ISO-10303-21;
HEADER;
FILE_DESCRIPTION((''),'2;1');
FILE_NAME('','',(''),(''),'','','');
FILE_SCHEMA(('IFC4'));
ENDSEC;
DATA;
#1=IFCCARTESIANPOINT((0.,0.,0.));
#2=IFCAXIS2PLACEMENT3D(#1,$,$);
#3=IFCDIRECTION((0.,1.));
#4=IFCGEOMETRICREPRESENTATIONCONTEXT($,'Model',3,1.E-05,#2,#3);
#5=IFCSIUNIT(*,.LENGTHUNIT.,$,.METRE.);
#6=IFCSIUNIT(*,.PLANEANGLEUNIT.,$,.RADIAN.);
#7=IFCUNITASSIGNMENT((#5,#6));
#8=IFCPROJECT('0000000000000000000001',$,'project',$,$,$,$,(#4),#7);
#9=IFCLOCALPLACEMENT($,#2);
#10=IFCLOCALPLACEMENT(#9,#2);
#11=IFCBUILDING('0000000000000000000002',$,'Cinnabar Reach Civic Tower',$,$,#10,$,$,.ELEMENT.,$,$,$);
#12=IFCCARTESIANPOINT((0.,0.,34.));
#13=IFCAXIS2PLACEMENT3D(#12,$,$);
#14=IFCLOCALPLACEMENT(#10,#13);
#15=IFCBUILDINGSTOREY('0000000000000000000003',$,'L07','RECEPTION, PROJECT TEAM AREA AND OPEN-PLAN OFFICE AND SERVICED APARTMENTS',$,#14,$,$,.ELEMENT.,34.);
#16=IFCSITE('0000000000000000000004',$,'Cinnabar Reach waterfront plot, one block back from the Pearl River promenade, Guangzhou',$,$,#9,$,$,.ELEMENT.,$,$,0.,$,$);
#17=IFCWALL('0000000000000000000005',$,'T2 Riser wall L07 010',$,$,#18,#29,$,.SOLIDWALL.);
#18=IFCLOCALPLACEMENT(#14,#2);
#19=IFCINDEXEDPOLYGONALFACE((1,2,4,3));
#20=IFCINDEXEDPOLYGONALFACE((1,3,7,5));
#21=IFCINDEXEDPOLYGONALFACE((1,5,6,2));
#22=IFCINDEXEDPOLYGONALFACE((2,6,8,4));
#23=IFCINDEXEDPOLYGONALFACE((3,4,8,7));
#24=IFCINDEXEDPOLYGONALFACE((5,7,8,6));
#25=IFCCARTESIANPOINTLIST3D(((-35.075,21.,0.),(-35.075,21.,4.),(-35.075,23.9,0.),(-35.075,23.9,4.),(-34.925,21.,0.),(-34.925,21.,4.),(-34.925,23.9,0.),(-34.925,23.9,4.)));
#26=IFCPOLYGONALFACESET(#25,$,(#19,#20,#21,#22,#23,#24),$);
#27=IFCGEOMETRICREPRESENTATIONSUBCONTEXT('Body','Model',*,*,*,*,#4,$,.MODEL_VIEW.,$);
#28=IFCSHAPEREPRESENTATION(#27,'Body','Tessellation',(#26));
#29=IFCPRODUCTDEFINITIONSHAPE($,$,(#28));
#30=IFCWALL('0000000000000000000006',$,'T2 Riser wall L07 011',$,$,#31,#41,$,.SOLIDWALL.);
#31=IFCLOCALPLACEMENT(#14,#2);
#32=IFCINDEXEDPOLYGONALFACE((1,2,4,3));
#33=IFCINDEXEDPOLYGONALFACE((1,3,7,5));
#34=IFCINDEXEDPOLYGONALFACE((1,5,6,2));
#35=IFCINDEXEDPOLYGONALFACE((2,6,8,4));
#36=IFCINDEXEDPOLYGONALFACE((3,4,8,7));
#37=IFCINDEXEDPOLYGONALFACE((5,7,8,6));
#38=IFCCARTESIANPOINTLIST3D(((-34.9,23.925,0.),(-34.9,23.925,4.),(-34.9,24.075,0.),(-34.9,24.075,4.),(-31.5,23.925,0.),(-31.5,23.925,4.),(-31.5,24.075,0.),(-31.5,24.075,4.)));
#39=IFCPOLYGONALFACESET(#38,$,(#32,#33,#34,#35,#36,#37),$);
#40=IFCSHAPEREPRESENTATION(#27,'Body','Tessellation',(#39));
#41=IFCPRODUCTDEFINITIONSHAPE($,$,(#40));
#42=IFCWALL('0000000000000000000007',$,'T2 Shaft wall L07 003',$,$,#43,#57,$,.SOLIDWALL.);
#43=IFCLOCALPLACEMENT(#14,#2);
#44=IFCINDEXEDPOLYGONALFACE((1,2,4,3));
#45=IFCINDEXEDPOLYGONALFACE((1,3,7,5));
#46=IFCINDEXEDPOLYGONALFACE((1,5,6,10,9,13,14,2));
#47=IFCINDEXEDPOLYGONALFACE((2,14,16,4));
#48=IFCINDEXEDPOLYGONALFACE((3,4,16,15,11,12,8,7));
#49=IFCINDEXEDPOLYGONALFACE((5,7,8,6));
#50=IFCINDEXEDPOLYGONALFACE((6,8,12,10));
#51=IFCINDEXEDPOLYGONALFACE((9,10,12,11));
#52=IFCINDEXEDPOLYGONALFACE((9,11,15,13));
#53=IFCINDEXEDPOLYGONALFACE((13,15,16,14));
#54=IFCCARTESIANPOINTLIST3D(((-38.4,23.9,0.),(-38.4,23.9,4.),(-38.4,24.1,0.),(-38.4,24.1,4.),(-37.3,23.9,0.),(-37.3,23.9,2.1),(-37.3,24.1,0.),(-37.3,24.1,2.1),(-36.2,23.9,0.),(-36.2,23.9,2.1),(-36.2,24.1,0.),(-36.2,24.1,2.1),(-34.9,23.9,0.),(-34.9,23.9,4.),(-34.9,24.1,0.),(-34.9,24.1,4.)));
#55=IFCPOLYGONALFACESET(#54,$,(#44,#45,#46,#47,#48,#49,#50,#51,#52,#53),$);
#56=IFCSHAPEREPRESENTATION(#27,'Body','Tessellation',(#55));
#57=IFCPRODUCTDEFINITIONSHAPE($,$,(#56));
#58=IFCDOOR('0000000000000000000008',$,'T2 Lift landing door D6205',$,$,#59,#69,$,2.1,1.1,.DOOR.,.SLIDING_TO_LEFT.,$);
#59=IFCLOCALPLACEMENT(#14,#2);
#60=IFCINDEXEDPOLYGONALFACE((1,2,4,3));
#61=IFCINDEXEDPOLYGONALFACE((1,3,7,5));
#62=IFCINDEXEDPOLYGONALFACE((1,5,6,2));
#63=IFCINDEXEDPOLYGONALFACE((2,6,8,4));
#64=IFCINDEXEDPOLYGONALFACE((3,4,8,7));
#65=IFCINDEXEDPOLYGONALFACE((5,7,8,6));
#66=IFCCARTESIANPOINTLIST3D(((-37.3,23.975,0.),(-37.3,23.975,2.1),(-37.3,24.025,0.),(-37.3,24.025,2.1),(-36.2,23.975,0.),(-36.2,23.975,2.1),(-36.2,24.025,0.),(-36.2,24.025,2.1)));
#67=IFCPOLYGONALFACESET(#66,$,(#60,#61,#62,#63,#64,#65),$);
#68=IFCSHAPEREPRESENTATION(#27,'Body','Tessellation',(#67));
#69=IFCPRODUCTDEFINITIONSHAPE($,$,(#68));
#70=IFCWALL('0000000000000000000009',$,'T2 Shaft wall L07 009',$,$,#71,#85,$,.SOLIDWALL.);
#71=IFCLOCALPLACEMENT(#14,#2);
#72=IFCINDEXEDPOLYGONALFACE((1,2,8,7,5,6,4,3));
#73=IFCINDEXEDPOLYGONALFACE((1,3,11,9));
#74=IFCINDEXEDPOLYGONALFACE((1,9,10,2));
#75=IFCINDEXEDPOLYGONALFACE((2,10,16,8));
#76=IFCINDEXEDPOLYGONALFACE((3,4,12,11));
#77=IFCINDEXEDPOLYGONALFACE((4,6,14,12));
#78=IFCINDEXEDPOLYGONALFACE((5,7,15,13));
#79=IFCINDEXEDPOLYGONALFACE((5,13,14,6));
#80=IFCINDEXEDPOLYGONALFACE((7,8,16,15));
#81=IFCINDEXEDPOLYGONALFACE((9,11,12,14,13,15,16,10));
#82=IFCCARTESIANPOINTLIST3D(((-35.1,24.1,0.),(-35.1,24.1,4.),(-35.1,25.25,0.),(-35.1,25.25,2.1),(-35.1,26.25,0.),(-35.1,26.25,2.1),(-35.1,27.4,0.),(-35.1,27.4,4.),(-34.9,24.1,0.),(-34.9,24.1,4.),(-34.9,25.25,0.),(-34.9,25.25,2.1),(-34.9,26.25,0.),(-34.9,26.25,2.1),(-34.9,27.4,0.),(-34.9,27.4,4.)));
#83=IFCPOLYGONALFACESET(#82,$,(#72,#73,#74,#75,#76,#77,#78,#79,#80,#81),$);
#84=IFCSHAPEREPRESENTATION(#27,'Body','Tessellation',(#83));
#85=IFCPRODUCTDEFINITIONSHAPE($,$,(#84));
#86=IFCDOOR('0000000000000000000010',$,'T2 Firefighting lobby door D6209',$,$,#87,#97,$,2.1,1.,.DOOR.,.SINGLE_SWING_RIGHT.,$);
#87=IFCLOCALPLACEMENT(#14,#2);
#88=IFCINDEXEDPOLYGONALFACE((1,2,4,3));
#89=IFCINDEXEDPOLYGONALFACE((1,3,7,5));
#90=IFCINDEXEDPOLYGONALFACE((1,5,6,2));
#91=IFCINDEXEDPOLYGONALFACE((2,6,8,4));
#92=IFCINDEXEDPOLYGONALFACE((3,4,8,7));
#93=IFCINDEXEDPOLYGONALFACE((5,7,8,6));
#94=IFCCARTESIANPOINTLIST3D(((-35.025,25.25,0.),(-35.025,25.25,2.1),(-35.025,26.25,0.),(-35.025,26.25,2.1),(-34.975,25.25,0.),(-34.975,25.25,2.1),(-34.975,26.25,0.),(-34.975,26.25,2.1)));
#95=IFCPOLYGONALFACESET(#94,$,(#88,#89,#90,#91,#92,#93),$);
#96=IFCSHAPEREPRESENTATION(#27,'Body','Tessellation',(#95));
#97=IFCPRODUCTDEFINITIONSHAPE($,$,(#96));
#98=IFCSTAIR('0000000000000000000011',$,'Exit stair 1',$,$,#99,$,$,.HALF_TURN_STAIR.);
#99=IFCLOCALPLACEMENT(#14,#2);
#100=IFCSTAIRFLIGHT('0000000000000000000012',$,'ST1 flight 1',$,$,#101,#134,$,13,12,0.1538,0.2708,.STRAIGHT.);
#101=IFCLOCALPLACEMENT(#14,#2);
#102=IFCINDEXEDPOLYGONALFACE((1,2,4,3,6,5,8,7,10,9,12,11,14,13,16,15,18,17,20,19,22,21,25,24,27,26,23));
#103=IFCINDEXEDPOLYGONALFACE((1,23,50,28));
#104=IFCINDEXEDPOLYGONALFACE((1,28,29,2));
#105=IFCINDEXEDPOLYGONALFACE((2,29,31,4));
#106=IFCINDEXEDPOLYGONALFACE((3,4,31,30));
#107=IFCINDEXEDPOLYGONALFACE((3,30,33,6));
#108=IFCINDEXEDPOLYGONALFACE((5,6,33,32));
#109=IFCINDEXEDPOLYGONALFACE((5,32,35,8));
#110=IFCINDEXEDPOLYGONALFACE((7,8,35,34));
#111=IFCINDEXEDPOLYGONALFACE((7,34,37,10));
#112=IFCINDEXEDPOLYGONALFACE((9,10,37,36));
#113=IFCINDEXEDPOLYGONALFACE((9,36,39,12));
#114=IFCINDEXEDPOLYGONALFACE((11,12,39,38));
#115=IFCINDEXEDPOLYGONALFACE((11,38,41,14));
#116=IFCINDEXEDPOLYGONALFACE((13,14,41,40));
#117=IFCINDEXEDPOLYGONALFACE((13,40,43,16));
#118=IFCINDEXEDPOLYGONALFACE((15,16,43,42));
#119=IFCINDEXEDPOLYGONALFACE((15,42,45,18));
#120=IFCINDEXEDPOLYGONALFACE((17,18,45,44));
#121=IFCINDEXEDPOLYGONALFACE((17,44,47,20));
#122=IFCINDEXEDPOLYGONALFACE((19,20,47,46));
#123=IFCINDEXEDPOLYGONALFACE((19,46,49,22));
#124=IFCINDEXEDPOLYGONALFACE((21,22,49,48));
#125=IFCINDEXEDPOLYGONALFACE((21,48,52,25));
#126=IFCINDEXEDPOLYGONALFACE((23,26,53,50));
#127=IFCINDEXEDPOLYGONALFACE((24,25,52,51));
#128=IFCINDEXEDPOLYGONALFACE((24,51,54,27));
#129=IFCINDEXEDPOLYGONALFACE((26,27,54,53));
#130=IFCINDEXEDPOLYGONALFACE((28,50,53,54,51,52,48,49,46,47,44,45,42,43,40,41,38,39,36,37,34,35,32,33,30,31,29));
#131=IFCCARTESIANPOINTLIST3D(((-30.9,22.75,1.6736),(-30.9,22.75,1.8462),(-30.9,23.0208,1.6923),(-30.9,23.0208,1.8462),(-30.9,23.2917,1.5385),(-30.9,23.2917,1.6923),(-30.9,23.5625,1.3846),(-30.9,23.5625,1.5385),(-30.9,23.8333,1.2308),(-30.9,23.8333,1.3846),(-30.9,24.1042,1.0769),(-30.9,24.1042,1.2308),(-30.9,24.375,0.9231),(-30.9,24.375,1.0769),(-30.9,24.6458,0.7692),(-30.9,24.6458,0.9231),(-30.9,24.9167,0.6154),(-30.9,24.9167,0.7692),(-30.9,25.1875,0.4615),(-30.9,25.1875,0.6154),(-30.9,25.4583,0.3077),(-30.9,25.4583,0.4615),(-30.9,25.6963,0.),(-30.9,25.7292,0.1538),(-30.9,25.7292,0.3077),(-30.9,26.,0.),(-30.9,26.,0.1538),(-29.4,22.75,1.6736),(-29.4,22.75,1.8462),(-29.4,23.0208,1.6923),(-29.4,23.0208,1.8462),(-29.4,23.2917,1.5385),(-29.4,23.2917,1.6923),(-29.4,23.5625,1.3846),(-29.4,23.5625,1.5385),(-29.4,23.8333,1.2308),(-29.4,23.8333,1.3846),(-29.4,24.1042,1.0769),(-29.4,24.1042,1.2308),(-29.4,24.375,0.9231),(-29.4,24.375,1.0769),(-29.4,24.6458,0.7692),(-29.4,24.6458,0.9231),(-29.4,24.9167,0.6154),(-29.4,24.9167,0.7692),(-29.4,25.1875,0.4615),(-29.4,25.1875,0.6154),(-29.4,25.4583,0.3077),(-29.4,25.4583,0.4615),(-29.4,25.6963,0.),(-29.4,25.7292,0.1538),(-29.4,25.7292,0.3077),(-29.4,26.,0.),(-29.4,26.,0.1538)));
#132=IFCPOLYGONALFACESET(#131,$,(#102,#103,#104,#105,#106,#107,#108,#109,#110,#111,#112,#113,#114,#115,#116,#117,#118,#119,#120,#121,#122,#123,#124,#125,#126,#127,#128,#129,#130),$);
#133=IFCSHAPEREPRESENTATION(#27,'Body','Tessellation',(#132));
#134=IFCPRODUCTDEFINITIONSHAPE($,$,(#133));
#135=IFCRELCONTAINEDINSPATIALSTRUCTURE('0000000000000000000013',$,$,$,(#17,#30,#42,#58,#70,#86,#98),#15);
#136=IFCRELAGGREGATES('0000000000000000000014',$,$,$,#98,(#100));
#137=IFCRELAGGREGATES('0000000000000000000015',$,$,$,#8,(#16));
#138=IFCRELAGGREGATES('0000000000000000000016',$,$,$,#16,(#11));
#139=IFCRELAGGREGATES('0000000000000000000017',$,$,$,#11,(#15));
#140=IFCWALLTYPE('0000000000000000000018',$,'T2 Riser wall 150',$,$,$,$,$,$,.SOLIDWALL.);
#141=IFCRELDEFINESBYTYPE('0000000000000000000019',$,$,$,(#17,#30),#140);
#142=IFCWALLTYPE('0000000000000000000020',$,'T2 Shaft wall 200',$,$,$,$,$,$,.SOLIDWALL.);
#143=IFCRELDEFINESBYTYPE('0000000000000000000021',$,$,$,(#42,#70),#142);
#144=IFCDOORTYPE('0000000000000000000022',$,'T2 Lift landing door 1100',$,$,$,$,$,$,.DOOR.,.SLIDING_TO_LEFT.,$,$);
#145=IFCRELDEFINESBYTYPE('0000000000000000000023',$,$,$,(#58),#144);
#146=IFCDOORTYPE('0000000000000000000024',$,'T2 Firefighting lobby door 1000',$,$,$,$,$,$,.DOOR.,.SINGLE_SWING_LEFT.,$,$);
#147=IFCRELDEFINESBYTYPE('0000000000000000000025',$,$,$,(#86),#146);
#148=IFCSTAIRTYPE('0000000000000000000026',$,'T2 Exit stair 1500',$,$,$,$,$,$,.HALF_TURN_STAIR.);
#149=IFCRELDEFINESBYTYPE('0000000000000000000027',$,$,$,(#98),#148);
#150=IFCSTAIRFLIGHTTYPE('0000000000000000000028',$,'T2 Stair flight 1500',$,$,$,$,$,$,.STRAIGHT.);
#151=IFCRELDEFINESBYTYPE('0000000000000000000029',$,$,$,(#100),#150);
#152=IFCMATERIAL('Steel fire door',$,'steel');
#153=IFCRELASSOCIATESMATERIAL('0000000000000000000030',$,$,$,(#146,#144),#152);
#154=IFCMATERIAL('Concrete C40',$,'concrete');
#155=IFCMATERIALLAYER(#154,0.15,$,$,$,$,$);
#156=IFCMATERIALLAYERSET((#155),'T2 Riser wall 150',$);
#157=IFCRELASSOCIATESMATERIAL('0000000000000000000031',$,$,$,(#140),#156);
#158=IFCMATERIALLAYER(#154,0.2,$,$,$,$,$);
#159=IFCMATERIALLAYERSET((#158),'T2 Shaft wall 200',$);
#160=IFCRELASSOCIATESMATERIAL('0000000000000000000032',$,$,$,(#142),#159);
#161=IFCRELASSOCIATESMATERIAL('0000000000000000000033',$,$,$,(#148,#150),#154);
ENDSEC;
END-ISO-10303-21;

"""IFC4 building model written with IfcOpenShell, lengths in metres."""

from ifc_helpers import new_model, si_unit, direction, frame, frame_2d, origin, place, context, subcontext, project, spatial, polyline, rectangle, outline, extrude, material, layer, layer_set, type_object, element, fill, aggregate, save


model = new_model("IFC4")

# Units and contexts
model_context = context("Model", 3, precision=1e-05, world=origin(), true_north=direction((0.0, 1.0)))
body_context = subcontext(model_context, "Body", "Model", "MODEL_VIEW")
ifc_project = project(units=[si_unit("LENGTHUNIT", "METRE"), si_unit("PLANEANGLEUNIT", "RADIAN")], contexts=[model_context])

# Site, building, storey
site_placement = place(None, origin())
site = spatial("IfcSite", under=ifc_project, at=site_placement, Name="Cinnabar Reach waterfront plot, one block back from the Pearl River promenade, Guangzhou", CompositionType="ELEMENT", RefElevation=0.0)
building_placement = place(site_placement, origin())
building = spatial("IfcBuilding", under=site, at=building_placement, Name="Cinnabar Reach Civic Tower", CompositionType="ELEMENT")
storey_placement = place(building_placement, frame((0.0, 0.0, 34.0)))
storey = spatial("IfcBuildingStorey", under=building, at=storey_placement, Name="L07", Description="RECEPTION, PROJECT TEAM AREA AND OPEN-PLAN OFFICE AND SERVICED APARTMENTS", CompositionType="ELEMENT", Elevation=34.0)

# Shared definitions
ifc_material_1 = material(Name="Steel fire door", Category="steel")
door_type_1 = type_object("IfcDoorType", Name="T2 Firefighting lobby door 1000", OperationType="SINGLE_SWING_LEFT", PredefinedType="DOOR", material=ifc_material_1)

# Walls
ifc_material_2 = material(Name="Concrete C40", Category="concrete")
ifc_layer_1 = layer(ifc_material_2, 0.15)
ifc_layer_set_1 = layer_set([ifc_layer_1], Name="T2 Riser wall 150")
wall_type_1 = type_object("IfcWallType", Name="T2 Riser wall 150", PredefinedType="SOLIDWALL", material=ifc_layer_set_1)
wall_1_placement = place(storey_placement, frame((-35.0, 21.0, 0.0), z_axis=(0.0, 0.0, 1.0), x_axis=(0.0, 1.0, 0.0)))
element("IfcWall", 1, at=wall_1_placement, inside=storey, type_object=wall_type_1, Name="T2 Riser wall L07 010", PredefinedType="SOLIDWALL", context=body_context, shape_type="SweptSolid", body=[
    extrude(rectangle(XDim=2.9, YDim=0.15, at=frame_2d((1.45, 0.0))), origin(), (0.0, 0.0, 1.0), 4.0),
])
wall_2_placement = place(storey_placement, frame((-31.5, 24.0, 0.0), z_axis=(0.0, 0.0, 1.0), x_axis=(-1.0, 0.0, 0.0)))
element("IfcWall", 2, at=wall_2_placement, inside=storey, type_object=wall_type_1, Name="T2 Riser wall L07 011", PredefinedType="SOLIDWALL", context=body_context, shape_type="SweptSolid", body=[
    extrude(rectangle(XDim=3.4, YDim=0.15, at=frame_2d((1.7, 0.0))), origin(), (0.0, 0.0, 1.0), 4.0),
])

# Walls, openings, doors
ifc_layer_2 = layer(ifc_material_2, 0.2)
ifc_layer_set_2 = layer_set([ifc_layer_2], Name="T2 Shaft wall 200")
wall_type_2 = type_object("IfcWallType", Name="T2 Shaft wall 200", PredefinedType="SOLIDWALL", material=ifc_layer_set_2)
wall_3_placement = place(storey_placement, frame((-34.9, 24.0, 0.0), z_axis=(0.0, 0.0, 1.0), x_axis=(-1.0, 0.0, 0.0)))
wall_3 = element("IfcWall", 3, at=wall_3_placement, inside=storey, type_object=wall_type_2, Name="T2 Shaft wall L07 003", PredefinedType="SOLIDWALL", context=body_context, shape_type="SweptSolid", body=[
    extrude(rectangle(XDim=3.5, YDim=0.2, at=frame_2d((1.75, 0.0))), origin(), (0.0, 0.0, 1.0), 4.0),
])
opening_1_placement = place(wall_3_placement, frame((1.3, 0.0, 0.0)))
opening_1 = element("IfcOpeningElement", 4, at=opening_1_placement, cuts=wall_3, PredefinedType="OPENING", context=body_context, shape_type="SweptSolid", body=[
    extrude(rectangle(XDim=1.1, YDim=2.1, at=frame_2d((0.55, 1.05))), frame((0.0, 0.11, 0.0), z_axis=(0.0, -1.0, 0.0), x_axis=(1.0, 0.0, 0.0)), (0.0, 0.0, 1.0), 0.22),
])
door_type_2 = type_object("IfcDoorType", Name="T2 Lift landing door 1100", OperationType="SLIDING_TO_LEFT", PredefinedType="DOOR", material=ifc_material_1)
door_1_placement = place(opening_1_placement, origin())
door_1 = element("IfcDoor", 5, at=door_1_placement, inside=storey, type_object=door_type_2, Name="T2 Lift landing door D6205", OperationType="SLIDING_TO_LEFT", OverallHeight=2.1, OverallWidth=1.1, PredefinedType="DOOR", context=body_context, shape_type="SweptSolid", body=[
    extrude(rectangle(XDim=1.1, YDim=2.1, at=frame_2d((0.55, 1.05))), frame((0.0, 0.025, 0.0), z_axis=(0.0, -1.0, 0.0), x_axis=(1.0, 0.0, 0.0)), (0.0, 0.0, 1.0), 0.05),
])
fill(opening_1, door_1)
wall_4_placement = place(storey_placement, frame((-35.0, 24.1, 0.0), z_axis=(0.0, 0.0, 1.0), x_axis=(0.0, 1.0, 0.0)))
wall_4 = element("IfcWall", 6, at=wall_4_placement, inside=storey, type_object=wall_type_2, Name="T2 Shaft wall L07 009", PredefinedType="SOLIDWALL", context=body_context, shape_type="SweptSolid", body=[
    extrude(rectangle(XDim=3.3, YDim=0.2, at=frame_2d((1.65, 0.0))), origin(), (0.0, 0.0, 1.0), 4.0),
])
opening_2_placement = place(wall_4_placement, frame((1.15, 0.0, 0.0)))
opening_2 = element("IfcOpeningElement", 7, at=opening_2_placement, cuts=wall_4, PredefinedType="OPENING", context=body_context, shape_type="SweptSolid", body=[
    extrude(rectangle(XDim=1.0, YDim=2.1, at=frame_2d((0.5, 1.05))), frame((0.0, 0.11, 0.0), z_axis=(0.0, -1.0, 0.0), x_axis=(1.0, 0.0, 0.0)), (0.0, 0.0, 1.0), 0.22),
])
door_2_placement = place(opening_2_placement, origin())
door_2 = element("IfcDoor", 8, at=door_2_placement, inside=storey, type_object=door_type_1, Name="T2 Firefighting lobby door D6209", OperationType="SINGLE_SWING_RIGHT", OverallHeight=2.1, OverallWidth=1.0, PredefinedType="DOOR", context=body_context, shape_type="SweptSolid", body=[
    extrude(rectangle(XDim=1.0, YDim=2.1, at=frame_2d((0.5, 1.05))), frame((0.0, 0.025, 0.0), z_axis=(0.0, -1.0, 0.0), x_axis=(1.0, 0.0, 0.0)), (0.0, 0.0, 1.0), 0.05),
])
fill(opening_2, door_2)

# Stair, stair flight
stair_type = type_object("IfcStairType", Name="T2 Exit stair 1500", PredefinedType="HALF_TURN_STAIR", material=ifc_material_2)
stair_placement = place(storey_placement, origin())
stair = element("IfcStair", 9, at=stair_placement, inside=storey, type_object=stair_type, Name="Exit stair 1", PredefinedType="HALF_TURN_STAIR")
stair_flight_type = type_object("IfcStairFlightType", Name="T2 Stair flight 1500", PredefinedType="STRAIGHT", material=ifc_material_2)
stair_flight_placement = place(storey_placement, frame((-30.15, 26.0, 0.0), z_axis=(0.0, 0.0, 1.0), x_axis=(0.0, -1.0, 0.0)))
stair_flight = element("IfcStairFlight", 10, at=stair_flight_placement, type_object=stair_flight_type, Name="ST1 flight 1", NumberOfRisers=13, NumberOfTreads=12, PredefinedType="STRAIGHT", RiserHeight=0.1538, TreadLength=0.2708, context=body_context, shape_type="SweptSolid", body=[
    extrude(outline(polyline([(0.0, 0.0), (0.0, 0.1538), (0.2708, 0.1538), (0.2708, 0.3077), (0.5417, 0.3077), (0.5417, 0.4615), (0.8125, 0.4615), (0.8125, 0.6154), (1.0833, 0.6154), (1.0833, 0.7692), (1.3542, 0.7692), (1.3542, 0.9231), (1.625, 0.9231), (1.625, 1.0769), (1.8958, 1.0769), (1.8958, 1.2308), (2.1667, 1.2308), (2.1667, 1.3846), (2.4375, 1.3846), (2.4375, 1.5385), (2.7083, 1.5385), (2.7083, 1.6923), (2.9792, 1.6923), (2.9792, 1.8462), (3.25, 1.8462), (3.25, 2.0), (3.25, 1.6736), (0.3037, 0.0), (0.0, 0.0)])), frame((0.0, 0.75, 0.0), z_axis=(0.0, -1.0, 0.0), x_axis=(1.0, 0.0, 0.0)), (0.0, 0.0, 1.0), 1.5),
])
aggregate(stair, [stair_flight])

save(model, "model.ifc")
